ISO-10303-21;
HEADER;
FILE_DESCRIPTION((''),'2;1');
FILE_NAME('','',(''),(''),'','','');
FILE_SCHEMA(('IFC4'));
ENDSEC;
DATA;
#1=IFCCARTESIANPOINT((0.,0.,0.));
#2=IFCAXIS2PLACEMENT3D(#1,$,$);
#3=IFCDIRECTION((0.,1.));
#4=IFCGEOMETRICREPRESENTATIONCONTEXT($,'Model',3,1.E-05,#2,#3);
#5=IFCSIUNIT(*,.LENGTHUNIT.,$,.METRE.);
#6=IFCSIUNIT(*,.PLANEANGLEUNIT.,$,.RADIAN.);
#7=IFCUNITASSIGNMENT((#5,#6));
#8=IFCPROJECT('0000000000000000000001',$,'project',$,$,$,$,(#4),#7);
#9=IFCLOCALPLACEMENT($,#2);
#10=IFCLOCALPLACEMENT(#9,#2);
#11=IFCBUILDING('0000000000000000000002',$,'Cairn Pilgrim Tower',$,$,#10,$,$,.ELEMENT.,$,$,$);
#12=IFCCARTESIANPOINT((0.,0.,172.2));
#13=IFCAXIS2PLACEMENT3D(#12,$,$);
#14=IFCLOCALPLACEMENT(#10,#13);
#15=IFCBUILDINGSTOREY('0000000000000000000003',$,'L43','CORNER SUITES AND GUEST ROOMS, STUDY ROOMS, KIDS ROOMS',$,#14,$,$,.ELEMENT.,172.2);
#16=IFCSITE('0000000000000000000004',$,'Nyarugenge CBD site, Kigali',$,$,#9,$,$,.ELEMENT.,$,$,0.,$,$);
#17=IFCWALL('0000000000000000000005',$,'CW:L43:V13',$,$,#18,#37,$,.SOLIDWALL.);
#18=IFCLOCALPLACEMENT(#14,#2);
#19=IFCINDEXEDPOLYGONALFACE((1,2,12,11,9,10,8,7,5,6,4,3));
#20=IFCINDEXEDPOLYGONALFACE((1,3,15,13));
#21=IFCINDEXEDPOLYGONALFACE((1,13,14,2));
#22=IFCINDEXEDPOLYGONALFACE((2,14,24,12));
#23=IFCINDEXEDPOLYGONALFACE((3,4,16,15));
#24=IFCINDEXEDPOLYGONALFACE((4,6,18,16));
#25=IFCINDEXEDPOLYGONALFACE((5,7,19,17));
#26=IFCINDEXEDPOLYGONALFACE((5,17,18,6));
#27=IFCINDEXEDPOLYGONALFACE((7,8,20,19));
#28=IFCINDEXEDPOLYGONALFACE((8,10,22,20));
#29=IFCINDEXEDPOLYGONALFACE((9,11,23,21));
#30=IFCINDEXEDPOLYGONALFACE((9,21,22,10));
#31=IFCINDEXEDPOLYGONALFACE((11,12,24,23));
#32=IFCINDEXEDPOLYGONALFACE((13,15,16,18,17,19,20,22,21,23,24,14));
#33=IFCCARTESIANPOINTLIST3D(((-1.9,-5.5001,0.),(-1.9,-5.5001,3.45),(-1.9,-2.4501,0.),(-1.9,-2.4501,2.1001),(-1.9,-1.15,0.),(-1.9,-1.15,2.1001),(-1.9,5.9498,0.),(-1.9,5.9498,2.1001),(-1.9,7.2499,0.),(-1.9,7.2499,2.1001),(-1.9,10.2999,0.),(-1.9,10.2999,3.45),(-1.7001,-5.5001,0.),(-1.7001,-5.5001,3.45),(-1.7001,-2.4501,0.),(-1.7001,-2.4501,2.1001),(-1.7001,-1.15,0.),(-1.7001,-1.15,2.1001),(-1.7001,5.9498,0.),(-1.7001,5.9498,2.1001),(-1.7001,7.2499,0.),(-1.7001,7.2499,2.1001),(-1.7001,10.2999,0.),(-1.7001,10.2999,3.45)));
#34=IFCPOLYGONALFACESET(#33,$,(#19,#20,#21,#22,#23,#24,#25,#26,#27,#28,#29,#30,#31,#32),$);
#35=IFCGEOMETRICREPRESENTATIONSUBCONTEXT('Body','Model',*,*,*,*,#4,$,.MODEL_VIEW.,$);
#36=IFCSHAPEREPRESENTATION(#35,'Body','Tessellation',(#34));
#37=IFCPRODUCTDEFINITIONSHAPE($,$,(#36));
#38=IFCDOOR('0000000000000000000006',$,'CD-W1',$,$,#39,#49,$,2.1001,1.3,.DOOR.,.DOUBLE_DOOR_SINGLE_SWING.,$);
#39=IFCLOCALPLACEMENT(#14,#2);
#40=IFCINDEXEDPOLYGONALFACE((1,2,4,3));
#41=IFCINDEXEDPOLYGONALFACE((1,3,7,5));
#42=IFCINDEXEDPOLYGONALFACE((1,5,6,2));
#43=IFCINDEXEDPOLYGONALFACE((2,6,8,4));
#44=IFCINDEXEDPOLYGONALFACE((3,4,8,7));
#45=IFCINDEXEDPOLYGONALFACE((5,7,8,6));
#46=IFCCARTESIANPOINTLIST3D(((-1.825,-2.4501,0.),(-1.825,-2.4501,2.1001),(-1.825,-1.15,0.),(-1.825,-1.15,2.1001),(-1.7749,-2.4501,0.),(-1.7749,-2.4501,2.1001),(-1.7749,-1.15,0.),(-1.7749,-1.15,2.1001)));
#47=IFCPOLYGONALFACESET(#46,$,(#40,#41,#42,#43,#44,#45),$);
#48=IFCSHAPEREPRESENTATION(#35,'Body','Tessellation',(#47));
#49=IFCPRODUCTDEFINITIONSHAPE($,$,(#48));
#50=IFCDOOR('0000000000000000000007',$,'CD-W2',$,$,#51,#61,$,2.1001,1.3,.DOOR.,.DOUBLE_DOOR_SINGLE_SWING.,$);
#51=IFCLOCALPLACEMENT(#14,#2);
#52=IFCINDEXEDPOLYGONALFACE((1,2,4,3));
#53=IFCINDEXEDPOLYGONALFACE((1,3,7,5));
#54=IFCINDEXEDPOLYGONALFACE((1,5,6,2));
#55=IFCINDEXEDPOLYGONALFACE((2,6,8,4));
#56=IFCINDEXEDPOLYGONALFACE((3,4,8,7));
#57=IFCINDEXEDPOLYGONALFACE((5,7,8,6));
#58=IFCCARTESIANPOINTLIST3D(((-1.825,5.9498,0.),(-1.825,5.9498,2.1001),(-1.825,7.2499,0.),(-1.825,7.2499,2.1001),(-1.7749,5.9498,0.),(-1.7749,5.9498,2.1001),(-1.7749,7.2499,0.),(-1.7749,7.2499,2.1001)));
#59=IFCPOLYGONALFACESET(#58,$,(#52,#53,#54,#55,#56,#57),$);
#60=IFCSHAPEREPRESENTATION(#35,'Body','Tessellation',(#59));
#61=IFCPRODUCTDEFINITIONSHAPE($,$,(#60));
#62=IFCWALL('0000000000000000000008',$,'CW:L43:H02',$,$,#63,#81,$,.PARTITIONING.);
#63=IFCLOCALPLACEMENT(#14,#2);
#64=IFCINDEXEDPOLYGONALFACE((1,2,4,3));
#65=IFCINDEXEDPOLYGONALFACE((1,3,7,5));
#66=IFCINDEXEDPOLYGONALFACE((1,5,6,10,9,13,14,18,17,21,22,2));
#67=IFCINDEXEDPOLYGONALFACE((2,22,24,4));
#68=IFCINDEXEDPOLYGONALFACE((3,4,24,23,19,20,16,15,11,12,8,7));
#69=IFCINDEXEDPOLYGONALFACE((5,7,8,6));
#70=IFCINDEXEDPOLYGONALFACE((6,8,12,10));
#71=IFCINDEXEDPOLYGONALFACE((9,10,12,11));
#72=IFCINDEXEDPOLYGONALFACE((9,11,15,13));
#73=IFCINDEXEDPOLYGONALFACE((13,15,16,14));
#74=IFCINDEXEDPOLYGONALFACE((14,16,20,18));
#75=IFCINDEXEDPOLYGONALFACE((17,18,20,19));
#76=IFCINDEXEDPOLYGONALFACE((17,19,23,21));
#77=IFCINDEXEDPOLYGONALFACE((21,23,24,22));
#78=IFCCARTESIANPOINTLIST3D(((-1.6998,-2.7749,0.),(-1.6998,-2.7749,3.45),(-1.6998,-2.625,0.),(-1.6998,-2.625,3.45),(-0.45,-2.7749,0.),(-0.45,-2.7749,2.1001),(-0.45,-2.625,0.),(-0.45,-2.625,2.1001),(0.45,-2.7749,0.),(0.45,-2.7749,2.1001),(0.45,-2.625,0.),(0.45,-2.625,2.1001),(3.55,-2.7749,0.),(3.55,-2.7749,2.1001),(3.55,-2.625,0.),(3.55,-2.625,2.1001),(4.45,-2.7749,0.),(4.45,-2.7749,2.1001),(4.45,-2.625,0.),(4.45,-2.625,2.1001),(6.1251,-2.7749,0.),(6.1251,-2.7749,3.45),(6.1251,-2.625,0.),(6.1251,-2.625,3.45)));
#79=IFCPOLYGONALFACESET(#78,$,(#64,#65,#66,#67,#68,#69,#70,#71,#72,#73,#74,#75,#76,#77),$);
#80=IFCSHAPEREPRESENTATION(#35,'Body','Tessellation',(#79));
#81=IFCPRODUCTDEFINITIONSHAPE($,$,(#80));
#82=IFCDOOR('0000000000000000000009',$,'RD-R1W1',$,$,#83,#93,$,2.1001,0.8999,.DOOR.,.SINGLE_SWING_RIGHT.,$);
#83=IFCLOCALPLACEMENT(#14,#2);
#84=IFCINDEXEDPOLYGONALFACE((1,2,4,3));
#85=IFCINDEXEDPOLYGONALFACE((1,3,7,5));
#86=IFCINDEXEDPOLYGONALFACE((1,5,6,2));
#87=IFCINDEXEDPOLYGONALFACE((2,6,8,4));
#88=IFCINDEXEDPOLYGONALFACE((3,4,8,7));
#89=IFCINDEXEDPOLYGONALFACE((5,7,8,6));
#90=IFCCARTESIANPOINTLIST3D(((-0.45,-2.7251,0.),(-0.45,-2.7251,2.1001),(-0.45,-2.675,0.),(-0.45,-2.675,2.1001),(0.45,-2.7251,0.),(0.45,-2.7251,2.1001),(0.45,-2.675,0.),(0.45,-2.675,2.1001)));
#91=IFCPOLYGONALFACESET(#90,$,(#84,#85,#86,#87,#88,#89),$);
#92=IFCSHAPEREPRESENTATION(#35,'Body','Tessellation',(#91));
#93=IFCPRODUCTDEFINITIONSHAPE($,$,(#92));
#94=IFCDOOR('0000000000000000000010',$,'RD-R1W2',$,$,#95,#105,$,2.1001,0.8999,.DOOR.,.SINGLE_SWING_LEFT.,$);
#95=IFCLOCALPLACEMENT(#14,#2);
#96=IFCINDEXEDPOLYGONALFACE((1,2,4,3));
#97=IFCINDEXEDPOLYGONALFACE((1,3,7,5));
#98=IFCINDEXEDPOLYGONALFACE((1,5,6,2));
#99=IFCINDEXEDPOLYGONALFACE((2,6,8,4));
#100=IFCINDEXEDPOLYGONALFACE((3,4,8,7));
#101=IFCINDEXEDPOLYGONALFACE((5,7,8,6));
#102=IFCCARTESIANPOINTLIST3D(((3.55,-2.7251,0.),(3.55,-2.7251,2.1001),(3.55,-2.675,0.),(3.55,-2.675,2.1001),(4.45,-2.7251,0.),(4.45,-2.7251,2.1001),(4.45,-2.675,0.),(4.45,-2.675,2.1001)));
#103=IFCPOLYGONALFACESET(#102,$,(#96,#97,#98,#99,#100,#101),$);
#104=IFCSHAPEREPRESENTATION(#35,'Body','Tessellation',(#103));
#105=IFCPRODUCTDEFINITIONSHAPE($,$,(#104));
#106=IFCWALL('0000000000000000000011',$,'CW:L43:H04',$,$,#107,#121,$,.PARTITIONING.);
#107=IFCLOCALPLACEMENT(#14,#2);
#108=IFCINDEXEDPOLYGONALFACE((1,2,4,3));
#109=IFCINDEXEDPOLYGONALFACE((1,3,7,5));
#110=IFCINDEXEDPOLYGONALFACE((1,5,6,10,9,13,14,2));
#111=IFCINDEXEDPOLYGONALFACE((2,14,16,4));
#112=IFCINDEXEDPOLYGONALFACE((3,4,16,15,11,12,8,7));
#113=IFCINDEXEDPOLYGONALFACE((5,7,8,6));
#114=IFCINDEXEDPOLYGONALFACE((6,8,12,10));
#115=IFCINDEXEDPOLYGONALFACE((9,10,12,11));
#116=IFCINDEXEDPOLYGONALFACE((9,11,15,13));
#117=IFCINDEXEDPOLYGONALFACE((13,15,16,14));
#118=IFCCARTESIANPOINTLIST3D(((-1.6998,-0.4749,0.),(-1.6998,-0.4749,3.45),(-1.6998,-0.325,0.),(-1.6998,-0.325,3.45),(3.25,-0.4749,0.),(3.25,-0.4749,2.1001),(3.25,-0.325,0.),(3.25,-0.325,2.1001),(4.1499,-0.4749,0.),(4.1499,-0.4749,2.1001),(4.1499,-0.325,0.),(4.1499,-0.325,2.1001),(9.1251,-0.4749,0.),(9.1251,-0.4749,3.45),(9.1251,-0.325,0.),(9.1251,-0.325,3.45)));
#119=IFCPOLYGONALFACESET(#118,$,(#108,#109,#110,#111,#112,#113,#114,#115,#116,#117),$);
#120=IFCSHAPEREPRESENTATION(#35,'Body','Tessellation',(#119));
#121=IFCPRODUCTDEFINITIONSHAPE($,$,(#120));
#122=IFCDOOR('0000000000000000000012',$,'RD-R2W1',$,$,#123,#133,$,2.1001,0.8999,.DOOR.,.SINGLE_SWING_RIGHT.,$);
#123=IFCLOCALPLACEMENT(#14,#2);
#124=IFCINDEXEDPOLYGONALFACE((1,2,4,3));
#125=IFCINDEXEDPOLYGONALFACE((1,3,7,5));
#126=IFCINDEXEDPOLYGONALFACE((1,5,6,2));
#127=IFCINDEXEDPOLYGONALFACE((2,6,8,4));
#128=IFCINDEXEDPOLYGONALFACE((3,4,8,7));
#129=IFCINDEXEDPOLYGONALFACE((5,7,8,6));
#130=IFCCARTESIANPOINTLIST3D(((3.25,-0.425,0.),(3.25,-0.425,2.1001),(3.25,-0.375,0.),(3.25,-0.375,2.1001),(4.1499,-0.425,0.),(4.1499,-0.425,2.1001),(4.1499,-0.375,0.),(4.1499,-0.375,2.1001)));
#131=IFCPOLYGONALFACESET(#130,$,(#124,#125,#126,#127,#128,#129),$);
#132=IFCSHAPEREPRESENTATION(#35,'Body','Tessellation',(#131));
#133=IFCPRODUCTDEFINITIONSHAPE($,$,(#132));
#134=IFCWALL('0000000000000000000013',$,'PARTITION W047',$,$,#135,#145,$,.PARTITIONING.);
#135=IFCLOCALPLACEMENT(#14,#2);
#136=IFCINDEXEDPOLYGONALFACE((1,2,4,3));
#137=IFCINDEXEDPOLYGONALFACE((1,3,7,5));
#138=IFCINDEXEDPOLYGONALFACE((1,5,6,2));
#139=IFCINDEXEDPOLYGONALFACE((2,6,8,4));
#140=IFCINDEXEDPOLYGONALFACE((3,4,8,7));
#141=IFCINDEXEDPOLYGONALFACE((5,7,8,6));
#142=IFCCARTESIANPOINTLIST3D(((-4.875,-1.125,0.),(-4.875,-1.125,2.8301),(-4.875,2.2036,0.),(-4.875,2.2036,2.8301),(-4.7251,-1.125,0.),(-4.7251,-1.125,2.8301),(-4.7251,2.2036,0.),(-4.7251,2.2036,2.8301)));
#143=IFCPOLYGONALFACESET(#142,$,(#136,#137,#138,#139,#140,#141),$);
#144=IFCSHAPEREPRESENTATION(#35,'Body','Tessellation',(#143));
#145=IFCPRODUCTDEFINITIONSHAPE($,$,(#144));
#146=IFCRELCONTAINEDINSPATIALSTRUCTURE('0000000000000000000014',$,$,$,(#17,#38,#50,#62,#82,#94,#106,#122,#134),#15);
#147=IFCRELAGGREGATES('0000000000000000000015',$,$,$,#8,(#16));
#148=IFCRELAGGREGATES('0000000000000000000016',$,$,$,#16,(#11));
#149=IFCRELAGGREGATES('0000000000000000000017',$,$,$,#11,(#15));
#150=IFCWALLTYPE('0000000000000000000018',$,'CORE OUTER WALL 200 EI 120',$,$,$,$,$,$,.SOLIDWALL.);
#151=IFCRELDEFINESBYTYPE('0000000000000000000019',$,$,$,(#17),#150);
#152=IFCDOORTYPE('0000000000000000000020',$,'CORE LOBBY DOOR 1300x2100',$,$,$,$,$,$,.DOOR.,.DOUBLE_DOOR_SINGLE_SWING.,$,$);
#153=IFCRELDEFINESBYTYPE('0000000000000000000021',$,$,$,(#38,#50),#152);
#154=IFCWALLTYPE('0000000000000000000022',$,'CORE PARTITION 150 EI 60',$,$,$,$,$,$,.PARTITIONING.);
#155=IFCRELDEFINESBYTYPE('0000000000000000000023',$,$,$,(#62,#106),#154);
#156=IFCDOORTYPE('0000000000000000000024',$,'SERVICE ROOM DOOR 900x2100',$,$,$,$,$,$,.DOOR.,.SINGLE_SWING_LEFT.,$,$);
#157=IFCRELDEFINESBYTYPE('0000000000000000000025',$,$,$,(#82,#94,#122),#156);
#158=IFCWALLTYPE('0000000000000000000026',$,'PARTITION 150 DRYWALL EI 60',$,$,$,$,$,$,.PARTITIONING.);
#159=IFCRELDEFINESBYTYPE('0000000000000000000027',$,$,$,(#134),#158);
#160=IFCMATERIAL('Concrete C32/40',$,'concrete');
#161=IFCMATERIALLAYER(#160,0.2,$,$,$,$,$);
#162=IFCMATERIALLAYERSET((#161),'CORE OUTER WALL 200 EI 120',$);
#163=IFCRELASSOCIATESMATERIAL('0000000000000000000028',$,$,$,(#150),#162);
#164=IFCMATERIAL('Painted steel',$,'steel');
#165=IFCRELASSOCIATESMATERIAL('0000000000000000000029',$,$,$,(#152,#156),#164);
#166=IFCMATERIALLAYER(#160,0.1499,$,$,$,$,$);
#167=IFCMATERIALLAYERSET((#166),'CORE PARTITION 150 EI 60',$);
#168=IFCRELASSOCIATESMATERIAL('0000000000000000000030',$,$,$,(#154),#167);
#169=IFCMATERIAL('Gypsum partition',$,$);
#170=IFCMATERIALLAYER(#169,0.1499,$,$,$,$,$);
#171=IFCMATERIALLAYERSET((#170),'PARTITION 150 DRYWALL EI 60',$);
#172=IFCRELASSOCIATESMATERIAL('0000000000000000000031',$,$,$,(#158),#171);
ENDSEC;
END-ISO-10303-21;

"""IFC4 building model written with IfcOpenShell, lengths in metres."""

from ifc_helpers import new_model, si_unit, direction, frame, frame_2d, origin, place, context, subcontext, project, spatial, rectangle, extrude, material, layer, layer_set, type_object, element, fill, save


model = new_model("IFC4")

# Units and contexts
model_context = context("Model", 3, precision=1e-05, world=origin(), true_north=direction((0.0, 1.0)))
body_context = subcontext(model_context, "Body", "Model", "MODEL_VIEW")
ifc_project = project(units=[si_unit("LENGTHUNIT", "METRE"), si_unit("PLANEANGLEUNIT", "RADIAN")], contexts=[model_context])

# Site, building, storey
site_placement = place(None, origin())
site = spatial("IfcSite", under=ifc_project, at=site_placement, Name="Nyarugenge CBD site, Kigali", CompositionType="ELEMENT", RefElevation=0.0)
building_placement = place(site_placement, origin())
building = spatial("IfcBuilding", under=site, at=building_placement, Name="Cairn Pilgrim Tower", CompositionType="ELEMENT")
storey_placement = place(building_placement, frame((0.0, 0.0, 172.2)))
storey = spatial("IfcBuildingStorey", under=building, at=storey_placement, Name="L43", Description="CORNER SUITES AND GUEST ROOMS, STUDY ROOMS, KIDS ROOMS", CompositionType="ELEMENT", Elevation=172.2)

# Shared definitions
ifc_material_1 = material(Name="Concrete C32/40", Category="concrete")
ifc_layer_1 = layer(ifc_material_1, 0.2)
ifc_layer_set_1 = layer_set([ifc_layer_1], Name="CORE OUTER WALL 200 EI 120")
wall_type_1 = type_object("IfcWallType", Name="CORE OUTER WALL 200 EI 120", PredefinedType="SOLIDWALL", material=ifc_layer_set_1)

# Walls, openings, doors
wall_1_placement = place(storey_placement, frame((-1.8, -5.5, 0.0), z_axis=(0.0, 0.0, 1.0), x_axis=(0.0, 1.0, 0.0)))
wall_1 = element("IfcWall", 1, at=wall_1_placement, inside=storey, type_object=wall_type_1, Name="CW:L43:V13", PredefinedType="SOLIDWALL", context=body_context, shape_type="SweptSolid", body=[
    extrude(rectangle(XDim=15.8, YDim=0.2, at=frame_2d((7.8999, 0.0))), origin(), (0.0, 0.0, 1.0), 3.45),
])
opening_1_placement = place(wall_1_placement, frame((3.05, 0.0, 0.0)))
opening_1 = element("IfcOpeningElement", 2, at=opening_1_placement, cuts=wall_1, PredefinedType="OPENING", context=body_context, shape_type="SweptSolid", body=[
    extrude(rectangle(XDim=1.3, YDim=2.1001, at=frame_2d((0.6499, 1.05))), frame((0.0, 0.1099, 0.0), z_axis=(0.0, -1.0, 0.0), x_axis=(1.0, 0.0, 0.0)), (0.0, 0.0, 1.0), 0.22),
])
opening_2_placement = place(wall_1_placement, frame((11.45, 0.0, 0.0)))
opening_2 = element("IfcOpeningElement", 3, at=opening_2_placement, cuts=wall_1, PredefinedType="OPENING", context=body_context, shape_type="SweptSolid", body=[
    extrude(rectangle(XDim=1.3, YDim=2.1001, at=frame_2d((0.6499, 1.05))), frame((0.0, 0.1099, 0.0), z_axis=(0.0, -1.0, 0.0), x_axis=(1.0, 0.0, 0.0)), (0.0, 0.0, 1.0), 0.22),
])
ifc_material_2 = material(Name="Painted steel", Category="steel")
door_type_1 = type_object("IfcDoorType", Name="CORE LOBBY DOOR 1300x2100", OperationType="DOUBLE_DOOR_SINGLE_SWING", PredefinedType="DOOR", material=ifc_material_2)
door_1_placement = place(opening_1_placement, origin())
door_1 = element("IfcDoor", 4, at=door_1_placement, inside=storey, type_object=door_type_1, Name="CD-W1", OperationType="DOUBLE_DOOR_SINGLE_SWING", OverallHeight=2.1001, OverallWidth=1.3, PredefinedType="DOOR", context=body_context, shape_type="SweptSolid", body=[
    extrude(rectangle(XDim=1.3, YDim=2.1001, at=frame_2d((0.6499, 1.05))), frame((0.0, 0.0249, 0.0), z_axis=(0.0, -1.0, 0.0), x_axis=(1.0, 0.0, 0.0)), (0.0, 0.0, 1.0), 0.05),
])
fill(opening_1, door_1)
door_2_placement = place(opening_2_placement, origin())
door_2 = element("IfcDoor", 5, at=door_2_placement, inside=storey, type_object=door_type_1, Name="CD-W2", OperationType="DOUBLE_DOOR_SINGLE_SWING", OverallHeight=2.1001, OverallWidth=1.3, PredefinedType="DOOR", context=body_context, shape_type="SweptSolid", body=[
    extrude(rectangle(XDim=1.3, YDim=2.1001, at=frame_2d((0.6499, 1.05))), frame((0.0, 0.0249, 0.0), z_axis=(0.0, -1.0, 0.0), x_axis=(1.0, 0.0, 0.0)), (0.0, 0.0, 1.0), 0.05),
])
fill(opening_2, door_2)
ifc_layer_2 = layer(ifc_material_1, 0.1499)
ifc_layer_set_2 = layer_set([ifc_layer_2], Name="CORE PARTITION 150 EI 60")
wall_type_2 = type_object("IfcWallType", Name="CORE PARTITION 150 EI 60", PredefinedType="PARTITIONING", material=ifc_layer_set_2)
wall_2_placement = place(storey_placement, frame((-1.7, -2.7, 0.0), z_axis=(0.0, 0.0, 1.0), x_axis=(1.0, 0.0, 0.0)))
wall_2 = element("IfcWall", 6, at=wall_2_placement, inside=storey, type_object=wall_type_2, Name="CW:L43:H02", PredefinedType="PARTITIONING", context=body_context, shape_type="SweptSolid", body=[
    extrude(rectangle(XDim=7.825, YDim=0.1499, at=frame_2d((3.9126, 0.0))), origin(), (0.0, 0.0, 1.0), 3.45),
])
opening_3_placement = place(wall_2_placement, frame((1.25, 0.0, 0.0)))
opening_3 = element("IfcOpeningElement", 7, at=opening_3_placement, cuts=wall_2, PredefinedType="OPENING", context=body_context, shape_type="SweptSolid", body=[
    extrude(rectangle(XDim=0.8999, YDim=2.1001, at=frame_2d((0.45, 1.05))), frame((0.0, 0.085, 0.0), z_axis=(0.0, -1.0, 0.0), x_axis=(1.0, 0.0, 0.0)), (0.0, 0.0, 1.0), 0.1699),
])
opening_4_placement = place(wall_2_placement, frame((5.25, 0.0, 0.0)))
opening_4 = element("IfcOpeningElement", 8, at=opening_4_placement, cuts=wall_2, PredefinedType="OPENING", context=body_context, shape_type="SweptSolid", body=[
    extrude(rectangle(XDim=0.8999, YDim=2.1001, at=frame_2d((0.45, 1.05))), frame((0.0, 0.085, 0.0), z_axis=(0.0, -1.0, 0.0), x_axis=(1.0, 0.0, 0.0)), (0.0, 0.0, 1.0), 0.1699),
])
door_type_2 = type_object("IfcDoorType", Name="SERVICE ROOM DOOR 900x2100", OperationType="SINGLE_SWING_LEFT", PredefinedType="DOOR", material=ifc_material_2)
door_3_placement = place(opening_3_placement, origin())
door_3 = element("IfcDoor", 9, at=door_3_placement, inside=storey, type_object=door_type_2, Name="RD-R1W1", OperationType="SINGLE_SWING_RIGHT", OverallHeight=2.1001, OverallWidth=0.8999, PredefinedType="DOOR", context=body_context, shape_type="SweptSolid", body=[
    extrude(rectangle(XDim=0.8999, YDim=2.1001, at=frame_2d((0.45, 1.05))), frame((0.0, 0.0249, 0.0), z_axis=(0.0, -1.0, 0.0), x_axis=(1.0, 0.0, 0.0)), (0.0, 0.0, 1.0), 0.05),
])
fill(opening_3, door_3)
door_4_placement = place(opening_4_placement, origin())
door_4 = element("IfcDoor", 10, at=door_4_placement, inside=storey, type_object=door_type_2, Name="RD-R1W2", OperationType="SINGLE_SWING_LEFT", OverallHeight=2.1001, OverallWidth=0.8999, PredefinedType="DOOR", context=body_context, shape_type="SweptSolid", body=[
    extrude(rectangle(XDim=0.8999, YDim=2.1001, at=frame_2d((0.45, 1.05))), frame((0.0, 0.0249, 0.0), z_axis=(0.0, -1.0, 0.0), x_axis=(1.0, 0.0, 0.0)), (0.0, 0.0, 1.0), 0.05),
])
fill(opening_4, door_4)

# Wall, opening, door
wall_3_placement = place(storey_placement, frame((-1.7, -0.3999, 0.0), z_axis=(0.0, 0.0, 1.0), x_axis=(1.0, 0.0, 0.0)))
wall_3 = element("IfcWall", 11, at=wall_3_placement, inside=storey, type_object=wall_type_2, Name="CW:L43:H04", PredefinedType="PARTITIONING", context=body_context, shape_type="SweptSolid", body=[
    extrude(rectangle(XDim=10.825, YDim=0.1499, at=frame_2d((5.4126, 0.0))), origin(), (0.0, 0.0, 1.0), 3.45),
])
opening_5_placement = place(wall_3_placement, frame((4.95, 0.0, 0.0)))
opening_5 = element("IfcOpeningElement", 12, at=opening_5_placement, cuts=wall_3, PredefinedType="OPENING", context=body_context, shape_type="SweptSolid", body=[
    extrude(rectangle(XDim=0.8999, YDim=2.1001, at=frame_2d((0.45, 1.05))), frame((0.0, 0.085, 0.0), z_axis=(0.0, -1.0, 0.0), x_axis=(1.0, 0.0, 0.0)), (0.0, 0.0, 1.0), 0.1699),
])
door_5_placement = place(opening_5_placement, origin())
door_5 = element("IfcDoor", 13, at=door_5_placement, inside=storey, type_object=door_type_2, Name="RD-R2W1", OperationType="SINGLE_SWING_RIGHT", OverallHeight=2.1001, OverallWidth=0.8999, PredefinedType="DOOR", context=body_context, shape_type="SweptSolid", body=[
    extrude(rectangle(XDim=0.8999, YDim=2.1001, at=frame_2d((0.45, 1.05))), frame((0.0, 0.0249, 0.0), z_axis=(0.0, -1.0, 0.0), x_axis=(1.0, 0.0, 0.0)), (0.0, 0.0, 1.0), 0.05),
])
fill(opening_5, door_5)

# Wall
ifc_material_3 = material(Name="Gypsum partition")
ifc_layer_3 = layer(ifc_material_3, 0.1499)
ifc_layer_set_3 = layer_set([ifc_layer_3], Name="PARTITION 150 DRYWALL EI 60")
wall_type_3 = type_object("IfcWallType", Name="PARTITION 150 DRYWALL EI 60", PredefinedType="PARTITIONING", material=ifc_layer_set_3)
wall_4_placement = place(storey_placement, frame((-4.8, -1.125, 0.0), z_axis=(0.0, 0.0, 1.0), x_axis=(0.0, 1.0, 0.0)))
element("IfcWall", 14, at=wall_4_placement, inside=storey, type_object=wall_type_3, Name="PARTITION W047", PredefinedType="PARTITIONING", context=body_context, shape_type="SweptSolid", body=[
    extrude(rectangle(XDim=3.3286, YDim=0.1499, at=frame_2d((1.6643, 0.0))), origin(), (0.0, 0.0, 1.0), 2.8301),
])

save(model, "model.ifc")
